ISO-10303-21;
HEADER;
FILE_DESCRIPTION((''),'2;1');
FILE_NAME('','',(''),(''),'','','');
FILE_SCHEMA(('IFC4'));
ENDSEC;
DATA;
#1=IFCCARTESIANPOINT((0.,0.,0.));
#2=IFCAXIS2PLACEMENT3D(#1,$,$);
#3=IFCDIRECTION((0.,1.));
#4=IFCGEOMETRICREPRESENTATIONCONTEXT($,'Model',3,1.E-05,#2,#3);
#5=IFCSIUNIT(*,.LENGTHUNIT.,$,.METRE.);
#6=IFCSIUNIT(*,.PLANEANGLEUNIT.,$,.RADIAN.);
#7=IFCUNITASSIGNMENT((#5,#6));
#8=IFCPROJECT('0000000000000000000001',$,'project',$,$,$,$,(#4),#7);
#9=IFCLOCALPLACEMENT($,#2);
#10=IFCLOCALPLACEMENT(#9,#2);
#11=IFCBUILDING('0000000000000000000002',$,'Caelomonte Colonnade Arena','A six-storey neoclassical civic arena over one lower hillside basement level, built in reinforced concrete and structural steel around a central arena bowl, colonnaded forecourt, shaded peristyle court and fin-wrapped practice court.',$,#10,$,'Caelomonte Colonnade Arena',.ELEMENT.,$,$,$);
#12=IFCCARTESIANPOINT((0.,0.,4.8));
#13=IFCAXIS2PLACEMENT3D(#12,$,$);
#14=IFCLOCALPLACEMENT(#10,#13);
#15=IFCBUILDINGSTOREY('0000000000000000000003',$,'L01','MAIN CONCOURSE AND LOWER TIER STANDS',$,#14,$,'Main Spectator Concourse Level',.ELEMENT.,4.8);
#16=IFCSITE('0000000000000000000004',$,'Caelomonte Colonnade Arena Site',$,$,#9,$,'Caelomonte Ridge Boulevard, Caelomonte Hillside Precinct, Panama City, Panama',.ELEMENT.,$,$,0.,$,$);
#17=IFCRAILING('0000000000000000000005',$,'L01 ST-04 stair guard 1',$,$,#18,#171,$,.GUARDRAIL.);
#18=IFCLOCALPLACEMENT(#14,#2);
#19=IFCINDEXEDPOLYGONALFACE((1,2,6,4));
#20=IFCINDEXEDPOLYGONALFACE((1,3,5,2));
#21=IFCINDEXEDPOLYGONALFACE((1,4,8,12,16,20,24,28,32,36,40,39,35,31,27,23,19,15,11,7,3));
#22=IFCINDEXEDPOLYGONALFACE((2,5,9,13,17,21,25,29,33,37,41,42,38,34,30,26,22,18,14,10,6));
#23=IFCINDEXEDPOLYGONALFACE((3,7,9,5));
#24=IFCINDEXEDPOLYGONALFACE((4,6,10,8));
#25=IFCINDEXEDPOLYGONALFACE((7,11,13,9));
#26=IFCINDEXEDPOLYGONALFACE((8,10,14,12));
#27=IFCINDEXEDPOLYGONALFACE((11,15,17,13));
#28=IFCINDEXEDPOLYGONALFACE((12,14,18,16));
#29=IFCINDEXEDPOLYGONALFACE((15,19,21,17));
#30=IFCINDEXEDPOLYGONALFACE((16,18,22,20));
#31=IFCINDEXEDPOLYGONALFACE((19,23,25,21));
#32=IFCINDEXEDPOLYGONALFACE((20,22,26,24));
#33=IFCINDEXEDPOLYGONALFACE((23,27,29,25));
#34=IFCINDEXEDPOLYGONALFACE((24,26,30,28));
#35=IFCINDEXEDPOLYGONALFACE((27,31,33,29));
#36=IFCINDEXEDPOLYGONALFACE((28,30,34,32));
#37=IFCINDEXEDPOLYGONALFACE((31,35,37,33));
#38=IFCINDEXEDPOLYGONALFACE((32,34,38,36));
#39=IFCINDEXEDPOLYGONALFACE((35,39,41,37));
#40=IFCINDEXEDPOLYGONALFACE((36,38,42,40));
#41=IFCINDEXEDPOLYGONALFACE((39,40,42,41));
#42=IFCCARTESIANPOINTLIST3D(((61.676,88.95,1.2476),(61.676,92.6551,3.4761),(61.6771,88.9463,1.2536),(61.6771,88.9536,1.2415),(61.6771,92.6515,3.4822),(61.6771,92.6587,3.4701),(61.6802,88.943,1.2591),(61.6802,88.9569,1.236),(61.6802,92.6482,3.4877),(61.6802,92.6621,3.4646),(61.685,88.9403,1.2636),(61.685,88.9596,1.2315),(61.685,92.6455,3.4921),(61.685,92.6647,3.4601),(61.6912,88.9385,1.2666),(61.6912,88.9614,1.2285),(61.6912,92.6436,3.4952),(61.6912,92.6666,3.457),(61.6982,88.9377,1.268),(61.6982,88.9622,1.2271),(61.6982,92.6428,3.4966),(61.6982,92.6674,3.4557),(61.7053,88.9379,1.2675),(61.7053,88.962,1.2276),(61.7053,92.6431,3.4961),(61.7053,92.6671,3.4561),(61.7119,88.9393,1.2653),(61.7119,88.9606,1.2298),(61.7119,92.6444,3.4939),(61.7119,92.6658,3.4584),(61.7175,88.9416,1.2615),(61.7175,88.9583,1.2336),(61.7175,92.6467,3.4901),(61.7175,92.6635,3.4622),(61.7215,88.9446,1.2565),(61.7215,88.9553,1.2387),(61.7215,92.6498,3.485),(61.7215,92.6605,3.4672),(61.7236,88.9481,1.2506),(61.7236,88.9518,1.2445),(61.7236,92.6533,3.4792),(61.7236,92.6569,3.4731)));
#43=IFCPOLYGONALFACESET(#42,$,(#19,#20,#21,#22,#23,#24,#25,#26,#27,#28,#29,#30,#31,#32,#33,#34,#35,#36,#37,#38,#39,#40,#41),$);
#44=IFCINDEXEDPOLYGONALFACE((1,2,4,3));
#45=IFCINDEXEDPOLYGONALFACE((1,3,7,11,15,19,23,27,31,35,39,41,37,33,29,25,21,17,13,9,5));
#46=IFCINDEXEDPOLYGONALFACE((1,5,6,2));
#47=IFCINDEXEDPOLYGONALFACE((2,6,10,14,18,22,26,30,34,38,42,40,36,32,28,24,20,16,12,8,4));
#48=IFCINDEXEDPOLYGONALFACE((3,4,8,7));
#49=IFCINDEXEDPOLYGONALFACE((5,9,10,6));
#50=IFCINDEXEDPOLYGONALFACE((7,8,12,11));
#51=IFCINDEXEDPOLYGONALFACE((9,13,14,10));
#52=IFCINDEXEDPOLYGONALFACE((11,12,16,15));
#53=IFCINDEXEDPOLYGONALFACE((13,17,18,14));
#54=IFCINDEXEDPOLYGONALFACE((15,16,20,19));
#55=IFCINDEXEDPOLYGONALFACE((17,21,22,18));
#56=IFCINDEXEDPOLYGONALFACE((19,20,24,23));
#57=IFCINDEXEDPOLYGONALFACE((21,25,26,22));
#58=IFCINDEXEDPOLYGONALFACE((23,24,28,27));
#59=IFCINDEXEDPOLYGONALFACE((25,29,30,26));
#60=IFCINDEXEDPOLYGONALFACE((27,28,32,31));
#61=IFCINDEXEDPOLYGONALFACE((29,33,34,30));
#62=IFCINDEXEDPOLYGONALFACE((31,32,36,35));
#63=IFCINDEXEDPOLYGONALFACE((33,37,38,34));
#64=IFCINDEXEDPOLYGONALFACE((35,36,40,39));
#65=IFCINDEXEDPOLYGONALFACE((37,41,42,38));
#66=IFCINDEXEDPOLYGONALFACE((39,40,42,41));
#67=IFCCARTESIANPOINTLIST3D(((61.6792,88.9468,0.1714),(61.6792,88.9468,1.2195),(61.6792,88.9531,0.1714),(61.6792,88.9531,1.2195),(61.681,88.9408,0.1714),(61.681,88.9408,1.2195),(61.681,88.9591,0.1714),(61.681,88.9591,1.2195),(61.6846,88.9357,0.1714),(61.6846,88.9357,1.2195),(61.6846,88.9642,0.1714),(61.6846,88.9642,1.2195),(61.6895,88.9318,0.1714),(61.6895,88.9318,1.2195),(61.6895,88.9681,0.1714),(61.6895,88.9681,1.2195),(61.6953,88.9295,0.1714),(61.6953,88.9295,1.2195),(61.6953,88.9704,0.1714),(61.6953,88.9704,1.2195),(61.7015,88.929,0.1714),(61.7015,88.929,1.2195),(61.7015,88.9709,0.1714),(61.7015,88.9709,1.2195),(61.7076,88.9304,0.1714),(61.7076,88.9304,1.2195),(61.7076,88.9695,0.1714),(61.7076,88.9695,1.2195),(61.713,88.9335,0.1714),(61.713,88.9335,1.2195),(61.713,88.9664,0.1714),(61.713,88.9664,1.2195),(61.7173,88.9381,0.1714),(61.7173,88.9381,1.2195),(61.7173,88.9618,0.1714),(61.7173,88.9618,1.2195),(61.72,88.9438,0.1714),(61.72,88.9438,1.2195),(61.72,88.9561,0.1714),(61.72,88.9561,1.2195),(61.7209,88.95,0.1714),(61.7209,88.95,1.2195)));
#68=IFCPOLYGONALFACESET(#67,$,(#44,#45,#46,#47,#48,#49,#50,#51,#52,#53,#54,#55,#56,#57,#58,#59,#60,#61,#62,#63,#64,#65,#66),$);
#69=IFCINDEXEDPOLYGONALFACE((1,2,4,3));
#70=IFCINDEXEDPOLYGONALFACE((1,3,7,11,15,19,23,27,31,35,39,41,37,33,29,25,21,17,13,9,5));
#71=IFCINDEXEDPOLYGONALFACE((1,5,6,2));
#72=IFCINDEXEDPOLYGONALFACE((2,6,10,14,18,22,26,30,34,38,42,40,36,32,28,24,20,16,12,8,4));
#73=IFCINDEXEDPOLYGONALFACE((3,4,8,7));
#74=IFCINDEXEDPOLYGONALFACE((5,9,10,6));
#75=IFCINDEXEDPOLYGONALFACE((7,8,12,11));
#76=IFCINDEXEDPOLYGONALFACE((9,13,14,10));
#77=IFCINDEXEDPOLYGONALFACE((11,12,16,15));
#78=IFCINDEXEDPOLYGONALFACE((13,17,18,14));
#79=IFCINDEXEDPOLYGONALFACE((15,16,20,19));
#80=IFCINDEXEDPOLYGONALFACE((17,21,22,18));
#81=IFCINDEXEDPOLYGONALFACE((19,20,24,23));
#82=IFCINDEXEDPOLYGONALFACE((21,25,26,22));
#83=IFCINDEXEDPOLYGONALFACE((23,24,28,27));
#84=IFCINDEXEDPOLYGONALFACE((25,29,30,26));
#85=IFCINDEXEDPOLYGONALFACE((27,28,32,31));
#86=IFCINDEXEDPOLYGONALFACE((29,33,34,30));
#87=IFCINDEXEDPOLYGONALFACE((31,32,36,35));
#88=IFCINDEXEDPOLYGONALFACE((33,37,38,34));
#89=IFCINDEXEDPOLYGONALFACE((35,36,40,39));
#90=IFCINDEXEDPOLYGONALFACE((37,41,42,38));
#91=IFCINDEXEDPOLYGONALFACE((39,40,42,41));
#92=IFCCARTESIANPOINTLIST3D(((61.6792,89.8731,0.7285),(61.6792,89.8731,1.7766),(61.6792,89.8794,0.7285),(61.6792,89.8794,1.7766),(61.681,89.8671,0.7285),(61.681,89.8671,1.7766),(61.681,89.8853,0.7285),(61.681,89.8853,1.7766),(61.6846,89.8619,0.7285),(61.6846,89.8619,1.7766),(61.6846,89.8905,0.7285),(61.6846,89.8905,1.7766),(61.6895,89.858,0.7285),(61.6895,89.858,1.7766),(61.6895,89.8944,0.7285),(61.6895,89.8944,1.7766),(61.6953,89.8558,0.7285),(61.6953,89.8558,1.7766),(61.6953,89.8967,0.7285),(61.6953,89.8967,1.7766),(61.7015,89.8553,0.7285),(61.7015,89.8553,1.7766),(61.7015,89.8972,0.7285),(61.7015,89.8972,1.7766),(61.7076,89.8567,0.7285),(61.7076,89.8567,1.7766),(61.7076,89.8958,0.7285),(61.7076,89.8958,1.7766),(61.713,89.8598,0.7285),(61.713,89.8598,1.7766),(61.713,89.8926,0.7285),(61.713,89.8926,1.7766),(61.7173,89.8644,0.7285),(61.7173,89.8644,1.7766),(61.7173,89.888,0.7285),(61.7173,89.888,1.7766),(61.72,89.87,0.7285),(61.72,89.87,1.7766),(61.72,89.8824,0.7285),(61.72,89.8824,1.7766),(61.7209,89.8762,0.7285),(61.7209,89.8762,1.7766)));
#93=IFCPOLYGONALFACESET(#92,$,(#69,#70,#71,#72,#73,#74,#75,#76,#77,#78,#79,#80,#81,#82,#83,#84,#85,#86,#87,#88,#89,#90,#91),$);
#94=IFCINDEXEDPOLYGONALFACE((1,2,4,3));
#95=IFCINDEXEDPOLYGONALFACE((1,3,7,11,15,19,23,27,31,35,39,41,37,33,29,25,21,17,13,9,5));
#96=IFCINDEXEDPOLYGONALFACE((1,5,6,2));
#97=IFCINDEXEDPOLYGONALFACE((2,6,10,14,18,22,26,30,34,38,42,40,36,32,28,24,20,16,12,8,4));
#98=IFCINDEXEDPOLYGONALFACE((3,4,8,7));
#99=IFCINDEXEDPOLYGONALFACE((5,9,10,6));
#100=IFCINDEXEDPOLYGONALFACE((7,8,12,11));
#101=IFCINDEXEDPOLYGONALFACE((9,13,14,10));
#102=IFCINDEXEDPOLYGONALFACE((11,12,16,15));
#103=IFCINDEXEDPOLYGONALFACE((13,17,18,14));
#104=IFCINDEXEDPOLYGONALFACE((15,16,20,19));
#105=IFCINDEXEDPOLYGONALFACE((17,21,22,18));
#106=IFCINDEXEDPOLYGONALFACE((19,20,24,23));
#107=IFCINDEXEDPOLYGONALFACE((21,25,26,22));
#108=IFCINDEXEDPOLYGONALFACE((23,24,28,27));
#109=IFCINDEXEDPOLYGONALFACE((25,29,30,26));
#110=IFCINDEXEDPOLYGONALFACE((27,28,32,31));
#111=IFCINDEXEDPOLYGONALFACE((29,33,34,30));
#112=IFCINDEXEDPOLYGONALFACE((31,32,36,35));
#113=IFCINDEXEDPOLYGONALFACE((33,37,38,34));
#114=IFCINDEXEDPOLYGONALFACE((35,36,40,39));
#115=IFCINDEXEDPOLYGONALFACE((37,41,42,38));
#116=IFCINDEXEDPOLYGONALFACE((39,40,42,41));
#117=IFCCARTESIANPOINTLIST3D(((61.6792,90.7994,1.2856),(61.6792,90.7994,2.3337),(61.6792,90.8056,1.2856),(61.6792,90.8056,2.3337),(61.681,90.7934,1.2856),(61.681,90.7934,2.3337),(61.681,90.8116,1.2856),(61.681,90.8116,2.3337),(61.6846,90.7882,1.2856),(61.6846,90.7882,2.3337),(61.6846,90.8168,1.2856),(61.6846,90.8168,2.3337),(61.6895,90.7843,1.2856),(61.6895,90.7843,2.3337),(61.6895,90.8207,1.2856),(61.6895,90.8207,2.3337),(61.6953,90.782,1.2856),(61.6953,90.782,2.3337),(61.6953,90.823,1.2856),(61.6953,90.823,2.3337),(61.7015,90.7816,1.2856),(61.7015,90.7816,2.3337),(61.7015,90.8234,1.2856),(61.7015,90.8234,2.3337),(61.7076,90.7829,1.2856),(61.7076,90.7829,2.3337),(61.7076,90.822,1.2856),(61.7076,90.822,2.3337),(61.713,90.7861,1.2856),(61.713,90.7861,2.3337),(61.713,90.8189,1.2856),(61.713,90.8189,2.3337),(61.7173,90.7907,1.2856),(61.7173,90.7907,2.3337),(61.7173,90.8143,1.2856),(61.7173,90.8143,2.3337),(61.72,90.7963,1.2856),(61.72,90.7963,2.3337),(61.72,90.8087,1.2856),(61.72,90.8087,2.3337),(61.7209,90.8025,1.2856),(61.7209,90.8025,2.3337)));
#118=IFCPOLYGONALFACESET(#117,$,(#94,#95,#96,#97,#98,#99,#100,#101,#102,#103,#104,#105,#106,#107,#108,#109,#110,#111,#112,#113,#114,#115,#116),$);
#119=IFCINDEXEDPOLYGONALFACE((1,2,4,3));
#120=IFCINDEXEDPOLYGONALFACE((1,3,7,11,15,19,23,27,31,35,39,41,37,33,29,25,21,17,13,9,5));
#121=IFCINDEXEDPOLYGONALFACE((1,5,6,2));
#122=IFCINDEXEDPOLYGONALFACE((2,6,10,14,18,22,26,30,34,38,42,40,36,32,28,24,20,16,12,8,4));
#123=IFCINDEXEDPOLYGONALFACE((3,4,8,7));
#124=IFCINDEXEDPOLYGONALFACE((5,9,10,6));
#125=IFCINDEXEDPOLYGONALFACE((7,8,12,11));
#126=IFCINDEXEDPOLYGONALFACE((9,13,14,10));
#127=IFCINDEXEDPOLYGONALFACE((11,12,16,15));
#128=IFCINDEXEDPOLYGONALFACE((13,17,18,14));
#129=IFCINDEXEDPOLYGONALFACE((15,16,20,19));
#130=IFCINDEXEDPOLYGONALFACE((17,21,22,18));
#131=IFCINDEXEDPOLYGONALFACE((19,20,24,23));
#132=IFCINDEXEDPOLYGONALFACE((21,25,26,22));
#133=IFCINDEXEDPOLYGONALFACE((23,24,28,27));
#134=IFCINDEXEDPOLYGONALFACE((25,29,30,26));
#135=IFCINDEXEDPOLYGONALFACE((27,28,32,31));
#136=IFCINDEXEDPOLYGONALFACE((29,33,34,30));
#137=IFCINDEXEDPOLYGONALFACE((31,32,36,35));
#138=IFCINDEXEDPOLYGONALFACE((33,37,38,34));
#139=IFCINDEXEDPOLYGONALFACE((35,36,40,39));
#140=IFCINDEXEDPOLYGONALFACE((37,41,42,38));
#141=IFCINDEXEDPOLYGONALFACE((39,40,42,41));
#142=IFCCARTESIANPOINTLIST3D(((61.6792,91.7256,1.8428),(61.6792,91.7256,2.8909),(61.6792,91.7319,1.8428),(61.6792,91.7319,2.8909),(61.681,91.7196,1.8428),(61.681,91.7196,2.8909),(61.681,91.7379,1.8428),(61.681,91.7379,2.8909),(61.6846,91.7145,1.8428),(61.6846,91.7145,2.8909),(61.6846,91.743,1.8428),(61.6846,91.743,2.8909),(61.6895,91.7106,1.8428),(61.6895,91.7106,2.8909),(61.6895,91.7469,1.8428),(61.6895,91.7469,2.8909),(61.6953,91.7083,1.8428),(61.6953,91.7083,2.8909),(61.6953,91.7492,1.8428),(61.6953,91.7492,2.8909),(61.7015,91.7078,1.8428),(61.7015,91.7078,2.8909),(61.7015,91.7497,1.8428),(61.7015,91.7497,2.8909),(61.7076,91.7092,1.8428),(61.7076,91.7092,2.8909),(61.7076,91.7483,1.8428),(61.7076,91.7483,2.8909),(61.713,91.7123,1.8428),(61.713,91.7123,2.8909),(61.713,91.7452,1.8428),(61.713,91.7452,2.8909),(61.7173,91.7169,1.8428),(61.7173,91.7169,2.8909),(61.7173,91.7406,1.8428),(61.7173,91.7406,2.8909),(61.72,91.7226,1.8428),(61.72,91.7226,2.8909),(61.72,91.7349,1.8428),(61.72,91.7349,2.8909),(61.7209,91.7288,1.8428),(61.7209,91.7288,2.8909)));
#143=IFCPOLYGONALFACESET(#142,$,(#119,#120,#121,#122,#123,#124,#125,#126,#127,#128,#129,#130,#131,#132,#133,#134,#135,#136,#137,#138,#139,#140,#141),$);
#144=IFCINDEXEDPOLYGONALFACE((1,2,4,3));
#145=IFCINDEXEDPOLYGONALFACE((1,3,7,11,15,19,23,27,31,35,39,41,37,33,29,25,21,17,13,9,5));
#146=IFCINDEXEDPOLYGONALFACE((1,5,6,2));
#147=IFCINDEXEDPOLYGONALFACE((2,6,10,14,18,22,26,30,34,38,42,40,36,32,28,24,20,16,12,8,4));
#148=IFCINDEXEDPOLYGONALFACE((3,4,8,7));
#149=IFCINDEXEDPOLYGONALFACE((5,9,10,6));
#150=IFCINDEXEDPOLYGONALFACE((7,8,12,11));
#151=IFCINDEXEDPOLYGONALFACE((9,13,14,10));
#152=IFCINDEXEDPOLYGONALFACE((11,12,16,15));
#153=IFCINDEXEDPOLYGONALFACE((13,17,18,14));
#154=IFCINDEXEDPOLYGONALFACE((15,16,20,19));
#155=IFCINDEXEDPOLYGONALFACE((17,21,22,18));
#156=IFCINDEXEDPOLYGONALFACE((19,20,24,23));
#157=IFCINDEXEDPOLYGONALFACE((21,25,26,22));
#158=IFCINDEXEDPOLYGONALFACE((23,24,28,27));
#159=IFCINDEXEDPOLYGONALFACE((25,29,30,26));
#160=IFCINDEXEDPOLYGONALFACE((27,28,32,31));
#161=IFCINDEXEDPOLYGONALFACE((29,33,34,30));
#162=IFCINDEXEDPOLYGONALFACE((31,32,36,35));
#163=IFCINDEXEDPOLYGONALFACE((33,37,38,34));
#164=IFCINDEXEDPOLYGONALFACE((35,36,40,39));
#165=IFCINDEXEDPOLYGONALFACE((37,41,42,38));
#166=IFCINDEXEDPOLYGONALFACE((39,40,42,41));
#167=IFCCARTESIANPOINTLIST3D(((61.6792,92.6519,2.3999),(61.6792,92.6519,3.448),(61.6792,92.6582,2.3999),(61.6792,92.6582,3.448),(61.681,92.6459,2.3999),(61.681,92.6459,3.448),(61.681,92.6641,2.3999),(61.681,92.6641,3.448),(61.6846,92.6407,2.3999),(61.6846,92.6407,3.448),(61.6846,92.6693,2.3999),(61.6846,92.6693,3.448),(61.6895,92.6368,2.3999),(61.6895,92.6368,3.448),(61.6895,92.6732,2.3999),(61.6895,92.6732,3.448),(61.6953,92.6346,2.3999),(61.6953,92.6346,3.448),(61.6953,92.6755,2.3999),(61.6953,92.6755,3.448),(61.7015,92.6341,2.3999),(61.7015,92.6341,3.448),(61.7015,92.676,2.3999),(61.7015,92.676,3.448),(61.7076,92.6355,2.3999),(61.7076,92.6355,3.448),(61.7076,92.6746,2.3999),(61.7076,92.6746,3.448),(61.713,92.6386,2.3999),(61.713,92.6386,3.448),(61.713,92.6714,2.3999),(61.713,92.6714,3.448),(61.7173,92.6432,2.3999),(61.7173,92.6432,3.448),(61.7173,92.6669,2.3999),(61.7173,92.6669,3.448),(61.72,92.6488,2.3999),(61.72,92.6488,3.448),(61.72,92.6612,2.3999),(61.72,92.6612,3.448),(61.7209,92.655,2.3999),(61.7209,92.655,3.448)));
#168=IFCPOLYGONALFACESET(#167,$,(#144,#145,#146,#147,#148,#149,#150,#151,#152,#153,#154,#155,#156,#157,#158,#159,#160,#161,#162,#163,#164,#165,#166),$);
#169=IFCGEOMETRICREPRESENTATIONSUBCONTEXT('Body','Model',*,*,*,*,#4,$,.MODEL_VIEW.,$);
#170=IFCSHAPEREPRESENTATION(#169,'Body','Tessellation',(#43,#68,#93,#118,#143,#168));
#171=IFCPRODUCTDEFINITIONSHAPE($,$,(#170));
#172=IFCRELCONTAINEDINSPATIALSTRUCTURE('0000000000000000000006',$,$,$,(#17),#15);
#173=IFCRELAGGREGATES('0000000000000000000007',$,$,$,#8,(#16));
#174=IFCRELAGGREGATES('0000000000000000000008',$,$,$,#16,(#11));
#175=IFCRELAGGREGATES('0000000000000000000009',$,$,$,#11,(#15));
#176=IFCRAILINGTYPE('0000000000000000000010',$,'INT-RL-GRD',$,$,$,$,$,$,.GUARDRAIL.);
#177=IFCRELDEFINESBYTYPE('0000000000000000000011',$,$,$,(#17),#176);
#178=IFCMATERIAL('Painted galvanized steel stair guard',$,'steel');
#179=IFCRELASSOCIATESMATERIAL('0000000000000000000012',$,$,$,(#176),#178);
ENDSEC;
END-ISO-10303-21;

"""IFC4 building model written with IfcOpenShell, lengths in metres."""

from ifc_helpers import new_model, si_unit, direction, frame, origin, origin_2d, place, context, subcontext, project, spatial, circle, extrude, material, type_object, element, save


model = new_model("IFC4")

# Units and contexts
model_context = context("Model", 3, precision=1e-05, world=origin(), true_north=direction((0.0, 1.0)))
body_context = subcontext(model_context, "Body", "Model", "MODEL_VIEW")
ifc_project = project(units=[si_unit("LENGTHUNIT", "METRE"), si_unit("PLANEANGLEUNIT", "RADIAN")], contexts=[model_context])

# Site, building, storey
site_placement = place(None, origin())
site = spatial("IfcSite", under=ifc_project, at=site_placement, Name="Caelomonte Colonnade Arena Site", LongName="Caelomonte Ridge Boulevard, Caelomonte Hillside Precinct, Panama City, Panama", CompositionType="ELEMENT", RefElevation=0.0)
building_placement = place(site_placement, origin())
building = spatial("IfcBuilding", under=site, at=building_placement, Name="Caelomonte Colonnade Arena", Description="A six-storey neoclassical civic arena over one lower hillside basement level, built in reinforced concrete and structural steel around a central arena bowl, colonnaded forecourt, shaded peristyle court and fin-wrapped practice court.", LongName="Caelomonte Colonnade Arena", CompositionType="ELEMENT")
storey_placement = place(building_placement, frame((0.0, 0.0, 4.8)))
storey = spatial("IfcBuildingStorey", under=building, at=storey_placement, Name="L01", Description="MAIN CONCOURSE AND LOWER TIER STANDS", LongName="Main Spectator Concourse Level", CompositionType="ELEMENT", Elevation=4.8)

# Railing
ifc_material_1 = material(Name="Painted galvanized steel stair guard", Category="steel")
railing_type_1 = type_object("IfcRailingType", Name="INT-RL-GRD", PredefinedType="GUARDRAIL", material=ifc_material_1)
railing_1_placement = place(storey_placement, frame((61.7, 88.95, 0.1714)))
element("IfcRailing", 1, at=railing_1_placement, inside=storey, type_object=railing_type_1, Name="L01 ST-04 stair guard 1", PredefinedType="GUARDRAIL", context=body_context, shape_type="SweptSolid", body=[
    extrude(circle(Radius=0.0239, at=origin_2d()), frame((0.0, 0.0, 1.0762), z_axis=(0.0, 0.856934, 0.515425), x_axis=(-1.0, 0.0, 0.0)), (0.0, 0.0, 1.0), 4.3237),
    extrude(circle(Radius=0.021, at=origin_2d()), origin(), (0.0, 0.0, 1.0), 1.0481),
    extrude(circle(Radius=0.021, at=origin_2d()), frame((0.0, 0.9263, 0.5571)), (0.0, 0.0, 1.0), 1.0481),
    extrude(circle(Radius=0.021, at=origin_2d()), frame((0.0, 1.8525, 1.1143)), (0.0, 0.0, 1.0), 1.0481),
    extrude(circle(Radius=0.021, at=origin_2d()), frame((0.0, 2.7788, 1.6714)), (0.0, 0.0, 1.0), 1.0481),
    extrude(circle(Radius=0.021, at=origin_2d()), frame((0.0, 3.7051, 2.2285)), (0.0, 0.0, 1.0), 1.0481),
])

save(model, "model.ifc")
